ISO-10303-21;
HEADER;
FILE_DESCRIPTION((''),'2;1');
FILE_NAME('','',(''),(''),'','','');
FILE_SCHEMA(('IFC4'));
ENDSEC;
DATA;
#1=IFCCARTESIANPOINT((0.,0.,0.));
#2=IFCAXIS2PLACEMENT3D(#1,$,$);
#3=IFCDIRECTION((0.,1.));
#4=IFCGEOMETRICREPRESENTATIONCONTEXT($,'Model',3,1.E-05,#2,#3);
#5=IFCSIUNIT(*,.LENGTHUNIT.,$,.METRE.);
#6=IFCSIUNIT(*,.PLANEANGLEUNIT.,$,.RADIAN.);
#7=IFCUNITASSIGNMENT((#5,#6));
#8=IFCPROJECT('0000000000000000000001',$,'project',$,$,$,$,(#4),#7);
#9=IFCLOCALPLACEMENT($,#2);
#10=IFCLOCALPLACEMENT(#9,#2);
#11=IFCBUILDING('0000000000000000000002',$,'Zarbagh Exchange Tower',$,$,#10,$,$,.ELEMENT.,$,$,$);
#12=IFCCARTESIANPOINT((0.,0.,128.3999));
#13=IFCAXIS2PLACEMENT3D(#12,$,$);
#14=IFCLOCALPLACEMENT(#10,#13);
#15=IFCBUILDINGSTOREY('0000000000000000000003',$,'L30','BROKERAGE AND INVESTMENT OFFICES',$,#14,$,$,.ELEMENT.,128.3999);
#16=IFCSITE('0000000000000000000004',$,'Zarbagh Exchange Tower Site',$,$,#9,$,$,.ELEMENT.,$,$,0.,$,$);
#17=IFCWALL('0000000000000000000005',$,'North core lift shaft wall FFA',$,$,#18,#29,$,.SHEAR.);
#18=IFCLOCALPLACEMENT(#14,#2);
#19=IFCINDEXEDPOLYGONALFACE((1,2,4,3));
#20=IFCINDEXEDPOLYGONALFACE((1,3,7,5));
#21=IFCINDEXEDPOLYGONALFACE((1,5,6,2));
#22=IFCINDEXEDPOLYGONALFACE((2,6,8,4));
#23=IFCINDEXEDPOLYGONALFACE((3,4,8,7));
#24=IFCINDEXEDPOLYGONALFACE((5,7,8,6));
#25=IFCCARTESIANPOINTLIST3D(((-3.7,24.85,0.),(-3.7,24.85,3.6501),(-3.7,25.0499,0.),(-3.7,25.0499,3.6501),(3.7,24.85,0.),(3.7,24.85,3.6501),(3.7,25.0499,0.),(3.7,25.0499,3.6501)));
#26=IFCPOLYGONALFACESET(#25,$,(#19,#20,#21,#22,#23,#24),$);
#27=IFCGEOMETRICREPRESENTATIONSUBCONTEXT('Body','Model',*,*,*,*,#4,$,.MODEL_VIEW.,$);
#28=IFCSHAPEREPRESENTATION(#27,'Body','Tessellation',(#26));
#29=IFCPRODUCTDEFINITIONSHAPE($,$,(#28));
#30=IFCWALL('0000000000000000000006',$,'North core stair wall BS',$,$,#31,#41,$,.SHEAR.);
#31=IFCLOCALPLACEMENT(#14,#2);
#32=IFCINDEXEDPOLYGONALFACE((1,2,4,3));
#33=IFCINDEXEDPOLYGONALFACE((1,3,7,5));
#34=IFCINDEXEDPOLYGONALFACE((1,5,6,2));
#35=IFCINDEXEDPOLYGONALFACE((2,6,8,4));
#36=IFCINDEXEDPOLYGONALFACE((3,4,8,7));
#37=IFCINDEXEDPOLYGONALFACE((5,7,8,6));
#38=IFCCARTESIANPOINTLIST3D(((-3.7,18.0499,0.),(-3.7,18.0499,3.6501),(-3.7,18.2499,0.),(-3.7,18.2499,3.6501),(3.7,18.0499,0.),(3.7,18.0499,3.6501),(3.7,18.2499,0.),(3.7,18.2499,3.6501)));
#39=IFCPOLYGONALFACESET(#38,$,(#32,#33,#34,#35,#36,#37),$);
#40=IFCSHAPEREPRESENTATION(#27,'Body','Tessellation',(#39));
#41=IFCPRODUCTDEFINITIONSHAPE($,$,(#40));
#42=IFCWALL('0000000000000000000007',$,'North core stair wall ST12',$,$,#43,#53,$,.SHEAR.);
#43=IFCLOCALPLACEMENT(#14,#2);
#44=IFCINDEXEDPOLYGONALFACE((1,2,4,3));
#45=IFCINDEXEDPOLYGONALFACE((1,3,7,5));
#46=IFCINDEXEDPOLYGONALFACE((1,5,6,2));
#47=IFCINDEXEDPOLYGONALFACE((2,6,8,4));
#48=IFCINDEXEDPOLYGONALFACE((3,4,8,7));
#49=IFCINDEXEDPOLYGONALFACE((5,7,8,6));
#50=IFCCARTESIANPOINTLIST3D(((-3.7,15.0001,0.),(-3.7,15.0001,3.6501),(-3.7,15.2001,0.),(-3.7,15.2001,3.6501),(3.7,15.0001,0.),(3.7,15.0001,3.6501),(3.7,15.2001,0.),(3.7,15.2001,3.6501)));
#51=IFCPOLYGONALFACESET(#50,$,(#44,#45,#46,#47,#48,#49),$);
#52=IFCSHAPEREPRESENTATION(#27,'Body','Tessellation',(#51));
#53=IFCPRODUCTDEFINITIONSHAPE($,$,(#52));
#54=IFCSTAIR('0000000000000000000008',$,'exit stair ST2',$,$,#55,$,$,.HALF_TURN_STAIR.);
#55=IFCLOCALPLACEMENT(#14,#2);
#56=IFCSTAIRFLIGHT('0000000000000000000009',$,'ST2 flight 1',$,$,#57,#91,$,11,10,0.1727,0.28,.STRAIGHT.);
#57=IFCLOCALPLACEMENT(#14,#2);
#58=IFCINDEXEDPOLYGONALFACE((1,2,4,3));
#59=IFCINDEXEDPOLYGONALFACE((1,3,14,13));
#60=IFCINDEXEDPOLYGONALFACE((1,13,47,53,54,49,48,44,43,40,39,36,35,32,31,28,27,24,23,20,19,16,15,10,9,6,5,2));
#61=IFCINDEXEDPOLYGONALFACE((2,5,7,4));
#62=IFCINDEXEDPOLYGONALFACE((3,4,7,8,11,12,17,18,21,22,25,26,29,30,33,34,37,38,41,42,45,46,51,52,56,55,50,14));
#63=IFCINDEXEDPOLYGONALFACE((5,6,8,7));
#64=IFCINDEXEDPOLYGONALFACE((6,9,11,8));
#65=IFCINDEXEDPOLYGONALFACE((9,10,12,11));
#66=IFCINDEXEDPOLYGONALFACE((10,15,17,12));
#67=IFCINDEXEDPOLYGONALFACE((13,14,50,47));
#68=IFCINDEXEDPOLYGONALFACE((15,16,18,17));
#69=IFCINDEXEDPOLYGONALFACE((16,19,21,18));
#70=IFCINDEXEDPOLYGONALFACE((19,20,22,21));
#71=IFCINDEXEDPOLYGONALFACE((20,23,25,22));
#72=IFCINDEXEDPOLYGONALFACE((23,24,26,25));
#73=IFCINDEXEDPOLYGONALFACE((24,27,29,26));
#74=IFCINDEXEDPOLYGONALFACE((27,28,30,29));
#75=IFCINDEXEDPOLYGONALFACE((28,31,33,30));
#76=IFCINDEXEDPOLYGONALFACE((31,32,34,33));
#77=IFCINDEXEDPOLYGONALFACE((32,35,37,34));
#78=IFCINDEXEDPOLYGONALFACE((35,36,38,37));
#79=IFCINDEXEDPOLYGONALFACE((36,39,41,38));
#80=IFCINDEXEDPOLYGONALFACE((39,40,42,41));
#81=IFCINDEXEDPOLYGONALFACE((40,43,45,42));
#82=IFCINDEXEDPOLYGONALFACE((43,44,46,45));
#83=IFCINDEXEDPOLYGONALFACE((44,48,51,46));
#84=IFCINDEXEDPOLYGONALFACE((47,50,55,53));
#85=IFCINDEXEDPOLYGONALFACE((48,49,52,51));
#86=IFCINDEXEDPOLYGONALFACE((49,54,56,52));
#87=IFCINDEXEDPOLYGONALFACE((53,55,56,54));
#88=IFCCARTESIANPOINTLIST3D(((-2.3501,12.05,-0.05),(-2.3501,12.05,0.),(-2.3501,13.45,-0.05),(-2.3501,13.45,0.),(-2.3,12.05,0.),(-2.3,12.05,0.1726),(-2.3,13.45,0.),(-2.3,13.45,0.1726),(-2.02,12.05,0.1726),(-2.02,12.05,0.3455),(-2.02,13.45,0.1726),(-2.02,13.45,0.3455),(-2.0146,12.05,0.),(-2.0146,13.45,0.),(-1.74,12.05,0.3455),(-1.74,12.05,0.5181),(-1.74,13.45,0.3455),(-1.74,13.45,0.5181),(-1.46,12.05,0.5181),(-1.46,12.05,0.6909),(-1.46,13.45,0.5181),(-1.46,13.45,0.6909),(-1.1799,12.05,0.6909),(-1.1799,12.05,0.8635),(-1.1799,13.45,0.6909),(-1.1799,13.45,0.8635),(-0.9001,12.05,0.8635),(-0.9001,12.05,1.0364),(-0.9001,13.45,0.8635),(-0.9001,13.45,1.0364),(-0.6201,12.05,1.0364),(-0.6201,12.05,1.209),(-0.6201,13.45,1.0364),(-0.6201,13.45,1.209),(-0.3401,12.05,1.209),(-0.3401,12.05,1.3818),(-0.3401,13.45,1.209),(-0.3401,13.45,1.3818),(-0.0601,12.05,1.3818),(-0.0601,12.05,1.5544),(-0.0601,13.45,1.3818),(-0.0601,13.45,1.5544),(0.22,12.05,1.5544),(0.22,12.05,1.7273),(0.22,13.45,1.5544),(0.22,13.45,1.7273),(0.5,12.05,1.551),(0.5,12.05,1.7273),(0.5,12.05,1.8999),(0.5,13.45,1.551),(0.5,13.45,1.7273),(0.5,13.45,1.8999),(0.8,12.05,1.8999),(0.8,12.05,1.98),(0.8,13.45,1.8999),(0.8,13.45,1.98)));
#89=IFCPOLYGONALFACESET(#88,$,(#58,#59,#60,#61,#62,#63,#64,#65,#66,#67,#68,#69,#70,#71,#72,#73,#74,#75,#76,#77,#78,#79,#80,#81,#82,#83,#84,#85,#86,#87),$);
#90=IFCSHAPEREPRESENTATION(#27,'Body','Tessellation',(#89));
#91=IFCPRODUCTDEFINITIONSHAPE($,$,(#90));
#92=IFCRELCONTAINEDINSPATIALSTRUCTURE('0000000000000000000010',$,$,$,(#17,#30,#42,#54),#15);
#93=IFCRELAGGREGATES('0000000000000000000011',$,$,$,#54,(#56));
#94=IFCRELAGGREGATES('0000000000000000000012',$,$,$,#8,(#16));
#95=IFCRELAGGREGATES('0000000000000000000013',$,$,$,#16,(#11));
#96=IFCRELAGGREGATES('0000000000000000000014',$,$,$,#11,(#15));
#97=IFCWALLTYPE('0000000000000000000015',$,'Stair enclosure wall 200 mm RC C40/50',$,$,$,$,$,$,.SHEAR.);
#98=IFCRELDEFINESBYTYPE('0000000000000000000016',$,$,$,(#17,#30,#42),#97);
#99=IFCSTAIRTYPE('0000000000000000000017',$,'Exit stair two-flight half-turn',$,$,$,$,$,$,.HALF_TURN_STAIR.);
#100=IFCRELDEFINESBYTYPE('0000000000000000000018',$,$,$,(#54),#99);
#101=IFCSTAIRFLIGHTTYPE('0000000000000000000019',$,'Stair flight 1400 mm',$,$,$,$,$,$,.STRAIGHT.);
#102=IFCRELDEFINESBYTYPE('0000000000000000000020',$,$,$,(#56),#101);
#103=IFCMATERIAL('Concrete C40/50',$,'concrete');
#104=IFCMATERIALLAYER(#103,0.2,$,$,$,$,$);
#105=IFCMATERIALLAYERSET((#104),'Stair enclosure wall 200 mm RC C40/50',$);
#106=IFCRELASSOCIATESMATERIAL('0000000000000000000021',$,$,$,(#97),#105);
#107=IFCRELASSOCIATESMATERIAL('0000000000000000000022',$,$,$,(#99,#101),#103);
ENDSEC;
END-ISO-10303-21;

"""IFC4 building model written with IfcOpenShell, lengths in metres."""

from ifc_helpers import new_model, si_unit, direction, frame, frame_2d, origin, place, context, subcontext, project, spatial, polyline, rectangle, outline, extrude, material, layer, layer_set, type_object, element, aggregate, save


model = new_model("IFC4")

# Units and contexts
model_context = context("Model", 3, precision=1e-05, world=origin(), true_north=direction((0.0, 1.0)))
body_context = subcontext(model_context, "Body", "Model", "MODEL_VIEW")
ifc_project = project(units=[si_unit("LENGTHUNIT", "METRE"), si_unit("PLANEANGLEUNIT", "RADIAN")], contexts=[model_context])

# Site, building, storey
site_placement = place(None, origin())
site = spatial("IfcSite", under=ifc_project, at=site_placement, Name="Zarbagh Exchange Tower Site", CompositionType="ELEMENT", RefElevation=0.0)
building_placement = place(site_placement, origin())
building = spatial("IfcBuilding", under=site, at=building_placement, Name="Zarbagh Exchange Tower", CompositionType="ELEMENT")
storey_placement = place(building_placement, frame((0.0, 0.0, 128.3999)))
storey = spatial("IfcBuildingStorey", under=building, at=storey_placement, Name="L30", Description="BROKERAGE AND INVESTMENT OFFICES", CompositionType="ELEMENT", Elevation=128.3999)

# Walls
ifc_material_1 = material(Name="Concrete C40/50", Category="concrete")
ifc_layer_1 = layer(ifc_material_1, 0.2)
ifc_layer_set_1 = layer_set([ifc_layer_1], Name="Stair enclosure wall 200 mm RC C40/50")
wall_type_1 = type_object("IfcWallType", Name="Stair enclosure wall 200 mm RC C40/50", PredefinedType="SHEAR", material=ifc_layer_set_1)
for number, where, z_axis, x_axis, name in (
    (1, (-3.7, 24.95, 0.0), (0.0, 0.0, 1.0), (1.0, 0.0, 0.0), "North core lift shaft wall FFA"),
    (2, (-3.7, 18.1499, 0.0), (0.0, 0.0, 1.0), (1.0, 0.0, 0.0), "North core stair wall BS"),
    (3, (-3.7, 15.1001, 0.0), (0.0, 0.0, 1.0), (1.0, 0.0, 0.0), "North core stair wall ST12"),
):
    element("IfcWall", number, at=place(storey_placement, frame(where, z_axis=z_axis, x_axis=x_axis)), inside=storey, type_object=wall_type_1, Name=name, PredefinedType="SHEAR", context=body_context, shape_type="SweptSolid", body=[
        extrude(rectangle(XDim=7.3999, YDim=0.2, at=frame_2d((3.7, 0.0))), origin(), (0.0, 0.0, 1.0), 3.6501),
    ])

# Stair, stair flight
stair_type = type_object("IfcStairType", Name="Exit stair two-flight half-turn", PredefinedType="HALF_TURN_STAIR", material=ifc_material_1)
stair_placement = place(storey_placement, origin())
stair = element("IfcStair", 4, at=stair_placement, inside=storey, type_object=stair_type, Name="exit stair ST2", PredefinedType="HALF_TURN_STAIR")
stair_flight_type = type_object("IfcStairFlightType", Name="Stair flight 1400 mm", PredefinedType="STRAIGHT", material=ifc_material_1)
stair_flight_placement = place(storey_placement, frame((-2.3, 12.75, 0.0), z_axis=(0.0, 0.0, 1.0), x_axis=(1.0, 0.0, 0.0)))
stair_flight = element("IfcStairFlight", 5, at=stair_flight_placement, type_object=stair_flight_type, Name="ST2 flight 1", NumberOfRisers=11, NumberOfTreads=10, PredefinedType="STRAIGHT", RiserHeight=0.1727, TreadLength=0.28, context=body_context, shape_type="SweptSolid", body=[
    extrude(outline(polyline([(-0.05, -0.05), (-0.05, 0.0), (0.0, 0.0), (0.0, 0.1726), (0.28, 0.1726), (0.28, 0.3455), (0.5601, 0.3455), (0.5601, 0.5181), (0.8401, 0.5181), (0.8401, 0.6909), (1.1201, 0.6909), (1.1201, 0.8635), (1.3999, 0.8635), (1.3999, 1.0364), (1.6799, 1.0364), (1.6799, 1.209), (1.96, 1.209), (1.96, 1.3818), (2.24, 1.3818), (2.24, 1.5544), (2.52, 1.5544), (2.52, 1.7273), (2.8, 1.7273), (2.8, 1.8999), (3.1001, 1.98), (3.1001, 1.8999), (2.8, 1.551), (0.2854, 0.0), (-0.05, -0.05)])), frame((0.0, 0.7, 0.0), z_axis=(0.0, -1.0, 0.0), x_axis=(1.0, 0.0, 0.0)), (0.0, 0.0, 1.0), 1.3999),
])
aggregate(stair, [stair_flight])

save(model, "model.ifc")
